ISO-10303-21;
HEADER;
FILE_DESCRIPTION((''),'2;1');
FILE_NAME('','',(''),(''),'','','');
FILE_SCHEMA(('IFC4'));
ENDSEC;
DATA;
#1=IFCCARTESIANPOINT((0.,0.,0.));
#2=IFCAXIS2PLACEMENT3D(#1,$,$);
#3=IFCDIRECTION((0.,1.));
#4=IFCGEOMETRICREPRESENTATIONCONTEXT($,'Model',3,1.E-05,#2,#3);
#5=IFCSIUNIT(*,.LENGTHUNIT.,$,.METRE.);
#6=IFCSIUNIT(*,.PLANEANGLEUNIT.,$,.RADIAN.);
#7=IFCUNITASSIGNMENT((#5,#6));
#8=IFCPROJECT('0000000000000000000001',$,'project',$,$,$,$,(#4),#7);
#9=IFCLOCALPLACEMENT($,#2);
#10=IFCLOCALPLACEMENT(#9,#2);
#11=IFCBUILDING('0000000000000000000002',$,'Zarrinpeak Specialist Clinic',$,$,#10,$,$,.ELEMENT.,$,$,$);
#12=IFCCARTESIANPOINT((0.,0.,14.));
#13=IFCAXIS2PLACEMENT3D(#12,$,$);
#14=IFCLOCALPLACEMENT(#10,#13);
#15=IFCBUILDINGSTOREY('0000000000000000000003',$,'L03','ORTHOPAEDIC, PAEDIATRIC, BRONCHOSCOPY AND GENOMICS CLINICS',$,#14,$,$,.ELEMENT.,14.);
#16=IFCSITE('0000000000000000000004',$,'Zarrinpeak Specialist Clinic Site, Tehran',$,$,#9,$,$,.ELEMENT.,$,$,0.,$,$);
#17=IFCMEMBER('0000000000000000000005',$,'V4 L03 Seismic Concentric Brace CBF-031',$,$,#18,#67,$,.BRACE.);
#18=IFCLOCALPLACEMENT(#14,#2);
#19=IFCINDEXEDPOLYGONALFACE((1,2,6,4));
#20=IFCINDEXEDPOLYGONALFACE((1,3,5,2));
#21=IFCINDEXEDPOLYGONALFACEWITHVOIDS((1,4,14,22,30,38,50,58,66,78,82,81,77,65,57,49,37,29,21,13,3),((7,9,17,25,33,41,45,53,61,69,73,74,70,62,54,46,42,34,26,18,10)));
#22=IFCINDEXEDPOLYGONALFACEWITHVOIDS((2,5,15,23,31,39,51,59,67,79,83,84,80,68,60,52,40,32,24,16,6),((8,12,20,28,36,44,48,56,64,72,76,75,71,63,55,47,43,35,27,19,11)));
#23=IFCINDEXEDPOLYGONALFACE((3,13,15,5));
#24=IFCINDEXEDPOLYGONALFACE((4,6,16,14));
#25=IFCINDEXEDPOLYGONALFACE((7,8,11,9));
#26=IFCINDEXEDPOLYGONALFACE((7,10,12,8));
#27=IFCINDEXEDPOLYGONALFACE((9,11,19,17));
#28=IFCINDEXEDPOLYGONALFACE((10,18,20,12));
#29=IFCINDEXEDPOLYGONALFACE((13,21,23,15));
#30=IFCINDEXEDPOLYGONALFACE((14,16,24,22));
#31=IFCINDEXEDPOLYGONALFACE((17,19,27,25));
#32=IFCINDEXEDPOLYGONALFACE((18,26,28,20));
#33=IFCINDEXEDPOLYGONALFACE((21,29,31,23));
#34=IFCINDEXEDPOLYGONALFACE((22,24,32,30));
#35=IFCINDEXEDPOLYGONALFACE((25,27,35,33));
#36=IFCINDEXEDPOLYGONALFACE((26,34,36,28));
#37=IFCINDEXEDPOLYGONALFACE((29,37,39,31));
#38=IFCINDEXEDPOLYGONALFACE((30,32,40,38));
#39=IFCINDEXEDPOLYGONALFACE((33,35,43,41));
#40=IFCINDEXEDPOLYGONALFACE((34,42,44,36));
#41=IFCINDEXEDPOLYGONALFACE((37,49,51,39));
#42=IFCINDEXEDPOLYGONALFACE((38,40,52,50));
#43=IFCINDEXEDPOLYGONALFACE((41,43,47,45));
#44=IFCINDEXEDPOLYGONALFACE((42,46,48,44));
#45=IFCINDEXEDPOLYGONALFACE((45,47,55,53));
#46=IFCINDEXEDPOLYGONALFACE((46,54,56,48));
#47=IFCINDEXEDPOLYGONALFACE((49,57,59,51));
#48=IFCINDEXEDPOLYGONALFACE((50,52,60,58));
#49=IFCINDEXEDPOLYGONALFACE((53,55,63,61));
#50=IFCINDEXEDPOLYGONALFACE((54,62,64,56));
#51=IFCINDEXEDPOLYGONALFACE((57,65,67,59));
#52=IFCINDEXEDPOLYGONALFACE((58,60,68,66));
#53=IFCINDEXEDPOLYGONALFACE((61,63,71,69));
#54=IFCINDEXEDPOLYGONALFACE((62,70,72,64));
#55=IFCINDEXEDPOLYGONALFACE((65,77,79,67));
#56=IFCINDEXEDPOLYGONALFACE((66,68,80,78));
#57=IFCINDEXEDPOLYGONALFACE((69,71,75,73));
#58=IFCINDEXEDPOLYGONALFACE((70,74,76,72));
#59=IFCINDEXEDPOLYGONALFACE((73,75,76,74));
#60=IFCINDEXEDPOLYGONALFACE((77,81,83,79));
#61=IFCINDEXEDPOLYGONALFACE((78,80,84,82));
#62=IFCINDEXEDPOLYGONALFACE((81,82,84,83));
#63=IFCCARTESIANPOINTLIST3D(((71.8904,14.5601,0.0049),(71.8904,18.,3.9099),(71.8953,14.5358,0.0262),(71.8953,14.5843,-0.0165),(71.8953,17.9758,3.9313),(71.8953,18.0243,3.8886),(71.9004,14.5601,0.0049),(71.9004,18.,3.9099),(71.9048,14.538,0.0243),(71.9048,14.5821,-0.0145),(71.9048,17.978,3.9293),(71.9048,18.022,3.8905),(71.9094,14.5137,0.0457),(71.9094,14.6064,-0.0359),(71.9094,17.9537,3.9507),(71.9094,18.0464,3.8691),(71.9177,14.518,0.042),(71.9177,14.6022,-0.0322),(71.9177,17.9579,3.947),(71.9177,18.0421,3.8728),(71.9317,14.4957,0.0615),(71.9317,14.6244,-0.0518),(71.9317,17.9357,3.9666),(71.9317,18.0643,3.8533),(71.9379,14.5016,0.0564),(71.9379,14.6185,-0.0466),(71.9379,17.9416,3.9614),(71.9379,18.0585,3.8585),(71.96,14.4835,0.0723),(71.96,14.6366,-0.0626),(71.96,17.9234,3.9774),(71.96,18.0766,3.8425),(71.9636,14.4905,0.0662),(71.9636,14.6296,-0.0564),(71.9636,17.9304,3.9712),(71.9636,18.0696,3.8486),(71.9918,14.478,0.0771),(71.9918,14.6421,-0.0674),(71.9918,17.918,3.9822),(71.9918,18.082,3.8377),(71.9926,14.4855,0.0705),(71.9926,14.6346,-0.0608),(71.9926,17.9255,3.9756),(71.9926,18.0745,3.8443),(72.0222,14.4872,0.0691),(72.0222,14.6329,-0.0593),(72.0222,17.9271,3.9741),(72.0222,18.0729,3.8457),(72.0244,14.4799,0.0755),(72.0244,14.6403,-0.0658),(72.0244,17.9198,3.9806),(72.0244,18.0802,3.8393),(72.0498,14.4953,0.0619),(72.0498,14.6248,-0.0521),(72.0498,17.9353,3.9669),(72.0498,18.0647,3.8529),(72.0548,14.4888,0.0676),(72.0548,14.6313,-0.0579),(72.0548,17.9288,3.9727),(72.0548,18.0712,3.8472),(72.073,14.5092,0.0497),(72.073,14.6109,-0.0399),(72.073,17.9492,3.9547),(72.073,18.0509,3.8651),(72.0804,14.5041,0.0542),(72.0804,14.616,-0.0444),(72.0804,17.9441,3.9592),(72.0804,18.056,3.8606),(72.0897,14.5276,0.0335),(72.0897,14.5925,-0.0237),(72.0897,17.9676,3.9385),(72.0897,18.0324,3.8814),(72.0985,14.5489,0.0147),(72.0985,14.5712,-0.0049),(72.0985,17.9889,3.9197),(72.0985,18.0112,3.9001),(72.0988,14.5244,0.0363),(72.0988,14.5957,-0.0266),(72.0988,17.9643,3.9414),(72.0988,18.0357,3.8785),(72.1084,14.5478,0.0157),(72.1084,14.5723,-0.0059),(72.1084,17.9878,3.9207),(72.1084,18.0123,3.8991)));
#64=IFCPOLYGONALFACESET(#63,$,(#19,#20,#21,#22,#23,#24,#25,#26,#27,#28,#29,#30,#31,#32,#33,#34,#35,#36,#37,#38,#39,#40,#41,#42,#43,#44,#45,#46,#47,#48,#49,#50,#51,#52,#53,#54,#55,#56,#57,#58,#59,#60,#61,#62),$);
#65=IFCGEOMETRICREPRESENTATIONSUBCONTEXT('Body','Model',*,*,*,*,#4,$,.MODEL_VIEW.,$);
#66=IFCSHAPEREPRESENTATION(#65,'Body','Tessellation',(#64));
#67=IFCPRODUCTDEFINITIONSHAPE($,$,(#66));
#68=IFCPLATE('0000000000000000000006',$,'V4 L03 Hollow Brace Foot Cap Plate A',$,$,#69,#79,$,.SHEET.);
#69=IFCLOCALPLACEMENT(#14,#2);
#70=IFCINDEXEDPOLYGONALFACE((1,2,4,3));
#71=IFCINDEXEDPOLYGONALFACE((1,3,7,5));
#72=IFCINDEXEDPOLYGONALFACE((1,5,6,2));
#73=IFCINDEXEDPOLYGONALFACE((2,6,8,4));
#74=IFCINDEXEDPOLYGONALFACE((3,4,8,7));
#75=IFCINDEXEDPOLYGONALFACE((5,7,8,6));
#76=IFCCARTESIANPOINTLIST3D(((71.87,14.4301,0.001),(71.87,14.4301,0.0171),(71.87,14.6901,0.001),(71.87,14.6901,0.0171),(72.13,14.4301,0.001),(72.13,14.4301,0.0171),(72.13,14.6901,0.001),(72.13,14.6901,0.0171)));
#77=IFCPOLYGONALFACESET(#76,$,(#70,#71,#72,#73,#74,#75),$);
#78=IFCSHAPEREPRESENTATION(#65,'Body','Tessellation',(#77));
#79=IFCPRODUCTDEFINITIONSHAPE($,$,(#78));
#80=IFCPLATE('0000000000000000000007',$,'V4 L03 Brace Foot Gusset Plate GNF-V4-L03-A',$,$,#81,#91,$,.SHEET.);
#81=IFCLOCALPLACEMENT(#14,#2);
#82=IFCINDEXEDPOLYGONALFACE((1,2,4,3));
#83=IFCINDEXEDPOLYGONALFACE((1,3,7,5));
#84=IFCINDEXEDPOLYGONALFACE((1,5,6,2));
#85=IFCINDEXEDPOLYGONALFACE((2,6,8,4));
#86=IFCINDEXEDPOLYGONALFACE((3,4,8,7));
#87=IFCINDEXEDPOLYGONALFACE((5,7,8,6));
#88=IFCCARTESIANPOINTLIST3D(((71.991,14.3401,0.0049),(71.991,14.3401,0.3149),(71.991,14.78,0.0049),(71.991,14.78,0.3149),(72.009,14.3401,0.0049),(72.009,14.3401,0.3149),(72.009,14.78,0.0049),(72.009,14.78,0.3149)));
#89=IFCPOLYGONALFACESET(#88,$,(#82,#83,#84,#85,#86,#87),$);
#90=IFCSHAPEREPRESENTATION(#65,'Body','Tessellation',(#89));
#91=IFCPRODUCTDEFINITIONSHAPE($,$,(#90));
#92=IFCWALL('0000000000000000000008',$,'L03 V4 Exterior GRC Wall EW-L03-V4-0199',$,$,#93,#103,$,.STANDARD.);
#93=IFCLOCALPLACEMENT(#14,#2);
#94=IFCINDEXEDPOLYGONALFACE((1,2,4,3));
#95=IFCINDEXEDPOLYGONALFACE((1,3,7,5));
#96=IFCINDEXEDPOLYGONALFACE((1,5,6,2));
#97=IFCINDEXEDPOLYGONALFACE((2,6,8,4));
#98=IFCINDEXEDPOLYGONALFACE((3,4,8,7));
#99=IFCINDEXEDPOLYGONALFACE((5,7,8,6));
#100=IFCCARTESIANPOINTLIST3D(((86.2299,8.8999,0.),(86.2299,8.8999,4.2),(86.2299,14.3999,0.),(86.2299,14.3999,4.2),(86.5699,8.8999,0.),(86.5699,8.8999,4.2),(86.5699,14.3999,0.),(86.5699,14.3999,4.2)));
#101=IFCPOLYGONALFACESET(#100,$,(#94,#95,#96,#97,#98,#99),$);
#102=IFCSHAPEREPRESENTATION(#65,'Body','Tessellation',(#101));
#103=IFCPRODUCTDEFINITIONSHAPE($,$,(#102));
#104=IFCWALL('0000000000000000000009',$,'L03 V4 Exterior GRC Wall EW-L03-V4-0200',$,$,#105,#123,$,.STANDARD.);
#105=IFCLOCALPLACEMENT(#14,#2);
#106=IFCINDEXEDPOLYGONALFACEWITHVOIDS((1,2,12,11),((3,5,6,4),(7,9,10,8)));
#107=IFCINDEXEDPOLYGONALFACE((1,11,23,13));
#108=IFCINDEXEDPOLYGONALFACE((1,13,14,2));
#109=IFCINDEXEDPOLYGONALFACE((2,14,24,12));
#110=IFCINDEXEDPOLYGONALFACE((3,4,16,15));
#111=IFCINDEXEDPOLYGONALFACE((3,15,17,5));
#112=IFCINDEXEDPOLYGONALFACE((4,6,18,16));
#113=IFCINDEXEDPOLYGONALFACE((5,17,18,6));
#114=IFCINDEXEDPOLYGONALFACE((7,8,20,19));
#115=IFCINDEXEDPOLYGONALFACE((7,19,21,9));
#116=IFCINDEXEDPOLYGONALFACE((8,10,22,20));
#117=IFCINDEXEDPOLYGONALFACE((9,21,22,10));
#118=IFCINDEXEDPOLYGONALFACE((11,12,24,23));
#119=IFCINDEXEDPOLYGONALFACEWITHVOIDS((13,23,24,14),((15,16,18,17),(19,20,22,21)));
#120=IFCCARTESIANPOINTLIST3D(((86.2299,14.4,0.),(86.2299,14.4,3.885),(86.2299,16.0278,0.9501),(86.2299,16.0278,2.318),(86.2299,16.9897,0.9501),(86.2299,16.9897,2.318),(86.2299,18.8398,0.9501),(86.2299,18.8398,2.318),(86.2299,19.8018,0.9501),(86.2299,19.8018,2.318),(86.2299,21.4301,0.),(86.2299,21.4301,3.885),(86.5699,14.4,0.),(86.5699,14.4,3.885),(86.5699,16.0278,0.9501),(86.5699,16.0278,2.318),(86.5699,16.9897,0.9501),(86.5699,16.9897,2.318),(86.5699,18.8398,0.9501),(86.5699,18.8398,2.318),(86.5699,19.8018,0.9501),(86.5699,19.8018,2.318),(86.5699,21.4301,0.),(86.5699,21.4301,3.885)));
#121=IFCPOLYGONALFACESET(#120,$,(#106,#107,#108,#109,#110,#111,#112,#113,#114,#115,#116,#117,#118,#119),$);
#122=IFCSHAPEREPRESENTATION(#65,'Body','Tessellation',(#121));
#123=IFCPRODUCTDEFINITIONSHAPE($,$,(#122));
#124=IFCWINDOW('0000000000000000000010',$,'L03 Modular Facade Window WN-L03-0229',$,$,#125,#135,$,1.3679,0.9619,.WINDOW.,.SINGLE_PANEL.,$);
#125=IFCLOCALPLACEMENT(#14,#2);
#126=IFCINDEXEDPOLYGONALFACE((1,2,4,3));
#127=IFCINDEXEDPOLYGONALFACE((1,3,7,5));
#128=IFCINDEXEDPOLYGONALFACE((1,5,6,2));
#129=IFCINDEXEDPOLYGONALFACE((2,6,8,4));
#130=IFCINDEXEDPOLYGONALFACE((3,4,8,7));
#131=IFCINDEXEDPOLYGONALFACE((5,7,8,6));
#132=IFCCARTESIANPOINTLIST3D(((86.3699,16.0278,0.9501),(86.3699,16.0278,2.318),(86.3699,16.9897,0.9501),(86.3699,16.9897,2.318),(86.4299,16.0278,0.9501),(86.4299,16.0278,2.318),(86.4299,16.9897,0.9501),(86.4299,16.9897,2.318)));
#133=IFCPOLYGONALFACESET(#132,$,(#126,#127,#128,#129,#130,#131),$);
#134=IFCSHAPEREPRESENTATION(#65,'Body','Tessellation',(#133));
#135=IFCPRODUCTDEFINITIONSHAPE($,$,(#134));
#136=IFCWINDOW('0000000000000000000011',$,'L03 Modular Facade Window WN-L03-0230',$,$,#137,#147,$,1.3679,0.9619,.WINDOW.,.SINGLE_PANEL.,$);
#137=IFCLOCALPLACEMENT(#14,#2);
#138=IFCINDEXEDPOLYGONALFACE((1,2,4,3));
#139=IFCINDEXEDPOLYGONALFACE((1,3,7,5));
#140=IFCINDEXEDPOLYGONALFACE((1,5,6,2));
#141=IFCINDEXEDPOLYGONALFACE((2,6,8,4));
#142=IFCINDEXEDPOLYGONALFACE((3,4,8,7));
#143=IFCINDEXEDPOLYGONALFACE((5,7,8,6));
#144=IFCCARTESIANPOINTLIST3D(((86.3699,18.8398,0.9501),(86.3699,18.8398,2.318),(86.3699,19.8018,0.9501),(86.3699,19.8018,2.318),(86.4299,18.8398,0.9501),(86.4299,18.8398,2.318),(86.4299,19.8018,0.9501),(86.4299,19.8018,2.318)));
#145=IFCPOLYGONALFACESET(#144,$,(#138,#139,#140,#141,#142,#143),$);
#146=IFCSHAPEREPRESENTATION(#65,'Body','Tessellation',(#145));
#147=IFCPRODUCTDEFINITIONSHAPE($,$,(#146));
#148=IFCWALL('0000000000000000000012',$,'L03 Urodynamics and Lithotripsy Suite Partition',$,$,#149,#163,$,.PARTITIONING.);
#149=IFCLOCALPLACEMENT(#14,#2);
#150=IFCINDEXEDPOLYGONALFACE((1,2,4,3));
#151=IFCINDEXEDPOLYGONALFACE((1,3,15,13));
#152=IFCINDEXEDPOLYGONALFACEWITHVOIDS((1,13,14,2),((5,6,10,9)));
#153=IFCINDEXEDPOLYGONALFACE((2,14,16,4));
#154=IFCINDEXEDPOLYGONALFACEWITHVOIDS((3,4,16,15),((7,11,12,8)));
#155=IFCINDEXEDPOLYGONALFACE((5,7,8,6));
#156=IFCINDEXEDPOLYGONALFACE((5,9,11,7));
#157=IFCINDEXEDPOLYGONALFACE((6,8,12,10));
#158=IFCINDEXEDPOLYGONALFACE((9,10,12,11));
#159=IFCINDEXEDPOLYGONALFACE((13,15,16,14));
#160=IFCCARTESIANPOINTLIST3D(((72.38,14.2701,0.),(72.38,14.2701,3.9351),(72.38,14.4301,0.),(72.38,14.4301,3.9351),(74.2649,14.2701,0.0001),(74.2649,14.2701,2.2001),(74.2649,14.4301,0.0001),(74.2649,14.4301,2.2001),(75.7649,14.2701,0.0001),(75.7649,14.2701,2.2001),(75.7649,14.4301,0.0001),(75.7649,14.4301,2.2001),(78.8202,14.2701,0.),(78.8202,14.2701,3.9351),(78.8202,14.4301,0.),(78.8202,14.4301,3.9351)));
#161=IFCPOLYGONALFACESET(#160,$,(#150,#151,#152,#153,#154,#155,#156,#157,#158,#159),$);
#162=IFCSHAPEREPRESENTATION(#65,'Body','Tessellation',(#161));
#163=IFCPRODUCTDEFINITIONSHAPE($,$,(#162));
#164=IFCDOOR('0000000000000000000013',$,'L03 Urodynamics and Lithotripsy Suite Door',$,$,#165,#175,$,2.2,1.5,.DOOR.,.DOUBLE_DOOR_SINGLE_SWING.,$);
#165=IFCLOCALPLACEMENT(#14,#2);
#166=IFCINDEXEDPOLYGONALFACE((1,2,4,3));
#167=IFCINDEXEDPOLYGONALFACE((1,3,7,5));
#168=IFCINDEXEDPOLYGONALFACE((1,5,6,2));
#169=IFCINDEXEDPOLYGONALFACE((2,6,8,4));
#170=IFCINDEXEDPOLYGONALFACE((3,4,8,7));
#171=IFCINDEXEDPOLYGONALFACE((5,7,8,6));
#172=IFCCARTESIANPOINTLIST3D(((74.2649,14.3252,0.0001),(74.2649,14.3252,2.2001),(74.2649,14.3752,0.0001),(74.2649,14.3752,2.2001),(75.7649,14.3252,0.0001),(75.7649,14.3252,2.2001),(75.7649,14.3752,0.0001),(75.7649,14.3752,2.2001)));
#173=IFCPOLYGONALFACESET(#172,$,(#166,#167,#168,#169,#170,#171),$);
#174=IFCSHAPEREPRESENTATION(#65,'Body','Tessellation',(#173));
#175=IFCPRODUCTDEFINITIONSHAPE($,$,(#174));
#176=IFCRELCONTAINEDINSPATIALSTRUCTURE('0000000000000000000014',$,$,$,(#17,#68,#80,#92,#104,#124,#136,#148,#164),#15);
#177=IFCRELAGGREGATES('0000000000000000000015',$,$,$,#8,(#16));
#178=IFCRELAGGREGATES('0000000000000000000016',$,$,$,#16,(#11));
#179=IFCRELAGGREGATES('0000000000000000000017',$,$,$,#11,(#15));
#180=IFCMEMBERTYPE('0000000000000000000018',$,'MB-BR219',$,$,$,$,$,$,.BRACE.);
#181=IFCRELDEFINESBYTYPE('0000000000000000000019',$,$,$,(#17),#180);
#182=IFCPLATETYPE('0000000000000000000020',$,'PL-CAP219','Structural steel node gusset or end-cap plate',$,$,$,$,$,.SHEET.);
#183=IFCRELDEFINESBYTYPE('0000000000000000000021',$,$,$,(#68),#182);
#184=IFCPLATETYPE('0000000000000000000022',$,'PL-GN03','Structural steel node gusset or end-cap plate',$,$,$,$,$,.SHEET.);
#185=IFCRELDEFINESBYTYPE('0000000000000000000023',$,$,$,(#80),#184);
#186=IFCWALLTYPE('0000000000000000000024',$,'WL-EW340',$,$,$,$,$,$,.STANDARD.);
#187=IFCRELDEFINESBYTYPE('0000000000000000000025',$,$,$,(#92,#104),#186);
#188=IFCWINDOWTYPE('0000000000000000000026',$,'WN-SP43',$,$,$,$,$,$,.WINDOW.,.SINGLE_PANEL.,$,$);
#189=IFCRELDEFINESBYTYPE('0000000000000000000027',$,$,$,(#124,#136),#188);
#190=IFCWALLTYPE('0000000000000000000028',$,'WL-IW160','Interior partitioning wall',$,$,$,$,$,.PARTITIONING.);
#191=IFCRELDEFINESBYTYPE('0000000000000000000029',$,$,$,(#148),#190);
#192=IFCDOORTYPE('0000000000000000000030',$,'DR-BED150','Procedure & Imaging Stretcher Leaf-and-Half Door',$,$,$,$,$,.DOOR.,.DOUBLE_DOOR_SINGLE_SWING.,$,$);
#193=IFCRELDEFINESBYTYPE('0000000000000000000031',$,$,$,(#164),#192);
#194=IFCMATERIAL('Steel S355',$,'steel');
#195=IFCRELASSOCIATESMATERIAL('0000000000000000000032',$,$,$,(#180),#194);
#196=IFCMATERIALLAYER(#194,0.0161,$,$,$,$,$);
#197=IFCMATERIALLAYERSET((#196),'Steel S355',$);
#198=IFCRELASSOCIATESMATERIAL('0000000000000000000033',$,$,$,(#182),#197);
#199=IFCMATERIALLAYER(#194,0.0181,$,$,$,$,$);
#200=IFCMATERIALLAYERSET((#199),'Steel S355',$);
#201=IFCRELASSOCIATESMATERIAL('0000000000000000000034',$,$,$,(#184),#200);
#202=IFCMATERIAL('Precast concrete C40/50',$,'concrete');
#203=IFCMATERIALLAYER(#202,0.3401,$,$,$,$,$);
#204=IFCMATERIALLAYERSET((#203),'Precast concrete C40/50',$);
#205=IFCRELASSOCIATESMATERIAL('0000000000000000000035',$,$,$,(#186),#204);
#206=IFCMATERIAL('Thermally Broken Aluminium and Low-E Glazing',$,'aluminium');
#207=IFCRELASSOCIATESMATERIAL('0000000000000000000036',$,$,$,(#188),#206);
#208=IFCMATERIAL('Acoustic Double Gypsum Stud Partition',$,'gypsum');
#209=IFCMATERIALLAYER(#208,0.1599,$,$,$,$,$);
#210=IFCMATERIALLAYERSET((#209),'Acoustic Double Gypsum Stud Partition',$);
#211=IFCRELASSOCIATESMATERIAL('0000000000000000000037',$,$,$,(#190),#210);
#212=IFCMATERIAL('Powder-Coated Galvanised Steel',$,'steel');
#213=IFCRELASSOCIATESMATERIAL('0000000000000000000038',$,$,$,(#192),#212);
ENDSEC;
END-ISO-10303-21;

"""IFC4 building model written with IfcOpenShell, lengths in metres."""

from ifc_helpers import new_model, si_unit, direction, frame, frame_2d, origin, origin_2d, place, context, subcontext, project, spatial, rectangle, hollow_circle, extrude, material, layer, layer_set, material_profile, profile_set, type_object, element, fill, save


model = new_model("IFC4")

# Units and contexts
model_context = context("Model", 3, precision=1e-05, world=origin(), true_north=direction((0.0, 1.0)))
body_context = subcontext(model_context, "Body", "Model", "MODEL_VIEW")
ifc_project = project(units=[si_unit("LENGTHUNIT", "METRE"), si_unit("PLANEANGLEUNIT", "RADIAN")], contexts=[model_context])

# Site, building, storey
site_placement = place(None, origin())
site = spatial("IfcSite", under=ifc_project, at=site_placement, Name="Zarrinpeak Specialist Clinic Site, Tehran", CompositionType="ELEMENT", RefElevation=0.0)
building_placement = place(site_placement, origin())
building = spatial("IfcBuilding", under=site, at=building_placement, Name="Zarrinpeak Specialist Clinic", CompositionType="ELEMENT")
storey_placement = place(building_placement, frame((0.0, 0.0, 14.0)))
storey = spatial("IfcBuildingStorey", under=building, at=storey_placement, Name="L03", Description="ORTHOPAEDIC, PAEDIATRIC, BRONCHOSCOPY AND GENOMICS CLINICS", CompositionType="ELEMENT", Elevation=14.0)

# Shared definitions
ifc_material_1 = material(Name="Steel S355", Category="steel")

# Member
ifc_material_profile_1 = material_profile(ifc_material_1, hollow_circle(Radius=0.1096, WallThickness=0.01, at=origin_2d()), Name="CHS 219.1x10.0")
ifc_profile_set_1 = profile_set([ifc_material_profile_1], Name="Steel S355")
member_type = type_object("IfcMemberType", Name="MB-BR219", PredefinedType="BRACE", material=ifc_profile_set_1)
member_placement = place(storey_placement, frame((72.0, 14.5601, 0.0049), z_axis=(0.0, 0.661009, 0.750378), x_axis=(-1.0, 0.0, 0.0)))
element("IfcMember", 1, at=member_placement, inside=storey, type_object=member_type, Name="V4 L03 Seismic Concentric Brace CBF-031", PredefinedType="BRACE", context=body_context, shape_type="SweptSolid", body=[
    extrude(hollow_circle(Radius=0.1096, WallThickness=0.01, at=origin_2d()), origin(), (0.0, 0.0, 1.0), 5.2041),
])

# Plates
ifc_layer_1 = layer(ifc_material_1, 0.0161)
ifc_layer_set_1 = layer_set([ifc_layer_1], Name="Steel S355")
plate_type_1 = type_object("IfcPlateType", Name="PL-CAP219", Description="Structural steel node gusset or end-cap plate", PredefinedType="SHEET", material=ifc_layer_set_1)
plate_1_placement = place(storey_placement, frame((72.0, 14.5601, 0.001), z_axis=(0.0, 0.0, 1.0), x_axis=(1.0, 0.0, 0.0)))
element("IfcPlate", 2, at=plate_1_placement, inside=storey, type_object=plate_type_1, Name="V4 L03 Hollow Brace Foot Cap Plate A", PredefinedType="SHEET", context=body_context, shape_type="SweptSolid", body=[
    extrude(rectangle(XDim=0.26, YDim=0.26, at=origin_2d()), origin(), (0.0, 0.0, 1.0), 0.0161),
])
ifc_layer_2 = layer(ifc_material_1, 0.0181)
ifc_layer_set_2 = layer_set([ifc_layer_2], Name="Steel S355")
plate_type_2 = type_object("IfcPlateType", Name="PL-GN03", Description="Structural steel node gusset or end-cap plate", PredefinedType="SHEET", material=ifc_layer_set_2)
plate_2_placement = place(storey_placement, frame((72.0, 14.5601, 0.0049), z_axis=(0.0, 0.0, 1.0), x_axis=(1.0, 0.0, 0.0)))
element("IfcPlate", 3, at=plate_2_placement, inside=storey, type_object=plate_type_2, Name="V4 L03 Brace Foot Gusset Plate GNF-V4-L03-A", PredefinedType="SHEET", context=body_context, shape_type="SweptSolid", body=[
    extrude(rectangle(XDim=0.0181, YDim=0.4399, at=origin_2d()), origin(), (0.0, 0.0, 1.0), 0.3101),
])

# Shared definitions
ifc_material_2 = material(Name="Powder-Coated Galvanised Steel", Category="steel")

# Wall
ifc_material_3 = material(Name="Precast concrete C40/50", Category="concrete")
ifc_layer_3 = layer(ifc_material_3, 0.3401)
ifc_layer_set_3 = layer_set([ifc_layer_3], Name="Precast concrete C40/50")
wall_type_1 = type_object("IfcWallType", Name="WL-EW340", PredefinedType="STANDARD", material=ifc_layer_set_3)
wall_1_placement = place(storey_placement, frame((86.3999, 8.8999, 0.0), z_axis=(0.0, 0.0, 1.0), x_axis=(0.0, 1.0, 0.0)))
element("IfcWall", 4, at=wall_1_placement, inside=storey, type_object=wall_type_1, Name="L03 V4 Exterior GRC Wall EW-L03-V4-0199", PredefinedType="STANDARD", context=body_context, shape_type="SweptSolid", body=[
    extrude(rectangle(XDim=5.5, YDim=0.3401, at=frame_2d((2.75, 0.0))), origin(), (0.0, 0.0, 1.0), 4.2),
])

# Wall, openings, windows
wall_2_placement = place(storey_placement, frame((86.3999, 14.3999, 0.0), z_axis=(0.0, 0.0, 1.0), x_axis=(0.0, 1.0, 0.0)))
wall_2 = element("IfcWall", 5, at=wall_2_placement, inside=storey, type_object=wall_type_1, Name="L03 V4 Exterior GRC Wall EW-L03-V4-0200", PredefinedType="STANDARD", context=body_context, shape_type="SweptSolid", body=[
    extrude(rectangle(XDim=7.03, YDim=0.3401, at=frame_2d((3.5151, 0.0))), origin(), (0.0, 0.0, 1.0), 3.885),
])
opening_1_placement = place(wall_2_placement, frame((1.6279, 0.0, 0.95)))
opening_1 = element("IfcOpeningElement", 6, at=opening_1_placement, cuts=wall_2, PredefinedType="OPENING", context=body_context, shape_type="SweptSolid", body=[
    extrude(rectangle(XDim=0.9619, YDim=1.3679, at=frame_2d((0.481, 0.6841))), frame((0.0, 0.1802, 0.0), z_axis=(0.0, -1.0, 0.0), x_axis=(1.0, 0.0, 0.0)), (0.0, 0.0, 1.0), 0.3601),
])
opening_2_placement = place(wall_2_placement, frame((4.4399, 0.0, 0.95)))
opening_2 = element("IfcOpeningElement", 7, at=opening_2_placement, cuts=wall_2, PredefinedType="OPENING", context=body_context, shape_type="SweptSolid", body=[
    extrude(rectangle(XDim=0.9619, YDim=1.3679, at=frame_2d((0.481, 0.6841))), frame((0.0, 0.1802, 0.0), z_axis=(0.0, -1.0, 0.0), x_axis=(1.0, 0.0, 0.0)), (0.0, 0.0, 1.0), 0.3601),
])
ifc_material_4 = material(Name="Thermally Broken Aluminium and Low-E Glazing", Category="aluminium")
window_type = type_object("IfcWindowType", Name="WN-SP43", PartitioningType="SINGLE_PANEL", PredefinedType="WINDOW", material=ifc_material_4)
window_1_placement = place(opening_1_placement, origin())
window_1 = element("IfcWindow", 8, at=window_1_placement, inside=storey, type_object=window_type, Name="L03 Modular Facade Window WN-L03-0229", OverallHeight=1.3679, OverallWidth=0.9619, PartitioningType="SINGLE_PANEL", PredefinedType="WINDOW", context=body_context, shape_type="SweptSolid", body=[
    extrude(rectangle(XDim=0.9619, YDim=1.3679, at=frame_2d((0.481, 0.6841))), frame((0.0, 0.03, 0.0), z_axis=(0.0, -1.0, 0.0), x_axis=(1.0, 0.0, 0.0)), (0.0, 0.0, 1.0), 0.0601),
])
fill(opening_1, window_1)
window_2_placement = place(opening_2_placement, origin())
window_2 = element("IfcWindow", 9, at=window_2_placement, inside=storey, type_object=window_type, Name="L03 Modular Facade Window WN-L03-0230", OverallHeight=1.3679, OverallWidth=0.9619, PartitioningType="SINGLE_PANEL", PredefinedType="WINDOW", context=body_context, shape_type="SweptSolid", body=[
    extrude(rectangle(XDim=0.9619, YDim=1.3679, at=frame_2d((0.481, 0.6841))), frame((0.0, 0.03, 0.0), z_axis=(0.0, -1.0, 0.0), x_axis=(1.0, 0.0, 0.0)), (0.0, 0.0, 1.0), 0.0601),
])
fill(opening_2, window_2)

# Wall, opening, door
ifc_material_5 = material(Name="Acoustic Double Gypsum Stud Partition", Category="gypsum")
ifc_layer_4 = layer(ifc_material_5, 0.1599)
ifc_layer_set_4 = layer_set([ifc_layer_4], Name="Acoustic Double Gypsum Stud Partition")
wall_type_2 = type_object("IfcWallType", Name="WL-IW160", Description="Interior partitioning wall", PredefinedType="PARTITIONING", material=ifc_layer_set_4)
wall_3_placement = place(storey_placement, frame((72.3799, 14.3501, 0.0), z_axis=(0.0, 0.0, 1.0), x_axis=(1.0, 0.0, 0.0)))
wall_3 = element("IfcWall", 10, at=wall_3_placement, inside=storey, type_object=wall_type_2, Name="L03 Urodynamics and Lithotripsy Suite Partition", PredefinedType="PARTITIONING", context=body_context, shape_type="SweptSolid", body=[
    extrude(rectangle(XDim=6.4402, YDim=0.1599, at=frame_2d((3.2202, 0.0))), origin(), (0.0, 0.0, 1.0), 3.9351),
])
opening_3_placement = place(wall_3_placement, frame((1.885, 0.0, 0.0)))
opening_3 = element("IfcOpeningElement", 11, at=opening_3_placement, cuts=wall_3, PredefinedType="OPENING", context=body_context, shape_type="SweptSolid", body=[
    extrude(rectangle(XDim=1.5, YDim=2.2, at=frame_2d((0.75, 1.1001))), frame((0.0, 0.0898, 0.0), z_axis=(0.0, -1.0, 0.0), x_axis=(1.0, 0.0, 0.0)), (0.0, 0.0, 1.0), 0.1799),
])
door_type_1 = type_object("IfcDoorType", Name="DR-BED150", Description="Procedure & Imaging Stretcher Leaf-and-Half Door", OperationType="DOUBLE_DOOR_SINGLE_SWING", PredefinedType="DOOR", material=ifc_material_2)
door_1_placement = place(opening_3_placement, frame((1.5, 0.0, 0.0), z_axis=(0.0, 0.0, 1.0), x_axis=(-1.0, 0.0, 0.0)))
door_1 = element("IfcDoor", 12, at=door_1_placement, inside=storey, type_object=door_type_1, Name="L03 Urodynamics and Lithotripsy Suite Door", OperationType="DOUBLE_DOOR_SINGLE_SWING", OverallHeight=2.2, OverallWidth=1.5, PredefinedType="DOOR", context=body_context, shape_type="SweptSolid", body=[
    extrude(rectangle(XDim=1.5, YDim=2.2, at=frame_2d((0.75, 1.1001))), frame((0.0, 0.0249, 0.0), z_axis=(0.0, -1.0, 0.0), x_axis=(1.0, 0.0, 0.0)), (0.0, 0.0, 1.0), 0.05),
])
fill(opening_3, door_1)

save(model, "model.ifc")
